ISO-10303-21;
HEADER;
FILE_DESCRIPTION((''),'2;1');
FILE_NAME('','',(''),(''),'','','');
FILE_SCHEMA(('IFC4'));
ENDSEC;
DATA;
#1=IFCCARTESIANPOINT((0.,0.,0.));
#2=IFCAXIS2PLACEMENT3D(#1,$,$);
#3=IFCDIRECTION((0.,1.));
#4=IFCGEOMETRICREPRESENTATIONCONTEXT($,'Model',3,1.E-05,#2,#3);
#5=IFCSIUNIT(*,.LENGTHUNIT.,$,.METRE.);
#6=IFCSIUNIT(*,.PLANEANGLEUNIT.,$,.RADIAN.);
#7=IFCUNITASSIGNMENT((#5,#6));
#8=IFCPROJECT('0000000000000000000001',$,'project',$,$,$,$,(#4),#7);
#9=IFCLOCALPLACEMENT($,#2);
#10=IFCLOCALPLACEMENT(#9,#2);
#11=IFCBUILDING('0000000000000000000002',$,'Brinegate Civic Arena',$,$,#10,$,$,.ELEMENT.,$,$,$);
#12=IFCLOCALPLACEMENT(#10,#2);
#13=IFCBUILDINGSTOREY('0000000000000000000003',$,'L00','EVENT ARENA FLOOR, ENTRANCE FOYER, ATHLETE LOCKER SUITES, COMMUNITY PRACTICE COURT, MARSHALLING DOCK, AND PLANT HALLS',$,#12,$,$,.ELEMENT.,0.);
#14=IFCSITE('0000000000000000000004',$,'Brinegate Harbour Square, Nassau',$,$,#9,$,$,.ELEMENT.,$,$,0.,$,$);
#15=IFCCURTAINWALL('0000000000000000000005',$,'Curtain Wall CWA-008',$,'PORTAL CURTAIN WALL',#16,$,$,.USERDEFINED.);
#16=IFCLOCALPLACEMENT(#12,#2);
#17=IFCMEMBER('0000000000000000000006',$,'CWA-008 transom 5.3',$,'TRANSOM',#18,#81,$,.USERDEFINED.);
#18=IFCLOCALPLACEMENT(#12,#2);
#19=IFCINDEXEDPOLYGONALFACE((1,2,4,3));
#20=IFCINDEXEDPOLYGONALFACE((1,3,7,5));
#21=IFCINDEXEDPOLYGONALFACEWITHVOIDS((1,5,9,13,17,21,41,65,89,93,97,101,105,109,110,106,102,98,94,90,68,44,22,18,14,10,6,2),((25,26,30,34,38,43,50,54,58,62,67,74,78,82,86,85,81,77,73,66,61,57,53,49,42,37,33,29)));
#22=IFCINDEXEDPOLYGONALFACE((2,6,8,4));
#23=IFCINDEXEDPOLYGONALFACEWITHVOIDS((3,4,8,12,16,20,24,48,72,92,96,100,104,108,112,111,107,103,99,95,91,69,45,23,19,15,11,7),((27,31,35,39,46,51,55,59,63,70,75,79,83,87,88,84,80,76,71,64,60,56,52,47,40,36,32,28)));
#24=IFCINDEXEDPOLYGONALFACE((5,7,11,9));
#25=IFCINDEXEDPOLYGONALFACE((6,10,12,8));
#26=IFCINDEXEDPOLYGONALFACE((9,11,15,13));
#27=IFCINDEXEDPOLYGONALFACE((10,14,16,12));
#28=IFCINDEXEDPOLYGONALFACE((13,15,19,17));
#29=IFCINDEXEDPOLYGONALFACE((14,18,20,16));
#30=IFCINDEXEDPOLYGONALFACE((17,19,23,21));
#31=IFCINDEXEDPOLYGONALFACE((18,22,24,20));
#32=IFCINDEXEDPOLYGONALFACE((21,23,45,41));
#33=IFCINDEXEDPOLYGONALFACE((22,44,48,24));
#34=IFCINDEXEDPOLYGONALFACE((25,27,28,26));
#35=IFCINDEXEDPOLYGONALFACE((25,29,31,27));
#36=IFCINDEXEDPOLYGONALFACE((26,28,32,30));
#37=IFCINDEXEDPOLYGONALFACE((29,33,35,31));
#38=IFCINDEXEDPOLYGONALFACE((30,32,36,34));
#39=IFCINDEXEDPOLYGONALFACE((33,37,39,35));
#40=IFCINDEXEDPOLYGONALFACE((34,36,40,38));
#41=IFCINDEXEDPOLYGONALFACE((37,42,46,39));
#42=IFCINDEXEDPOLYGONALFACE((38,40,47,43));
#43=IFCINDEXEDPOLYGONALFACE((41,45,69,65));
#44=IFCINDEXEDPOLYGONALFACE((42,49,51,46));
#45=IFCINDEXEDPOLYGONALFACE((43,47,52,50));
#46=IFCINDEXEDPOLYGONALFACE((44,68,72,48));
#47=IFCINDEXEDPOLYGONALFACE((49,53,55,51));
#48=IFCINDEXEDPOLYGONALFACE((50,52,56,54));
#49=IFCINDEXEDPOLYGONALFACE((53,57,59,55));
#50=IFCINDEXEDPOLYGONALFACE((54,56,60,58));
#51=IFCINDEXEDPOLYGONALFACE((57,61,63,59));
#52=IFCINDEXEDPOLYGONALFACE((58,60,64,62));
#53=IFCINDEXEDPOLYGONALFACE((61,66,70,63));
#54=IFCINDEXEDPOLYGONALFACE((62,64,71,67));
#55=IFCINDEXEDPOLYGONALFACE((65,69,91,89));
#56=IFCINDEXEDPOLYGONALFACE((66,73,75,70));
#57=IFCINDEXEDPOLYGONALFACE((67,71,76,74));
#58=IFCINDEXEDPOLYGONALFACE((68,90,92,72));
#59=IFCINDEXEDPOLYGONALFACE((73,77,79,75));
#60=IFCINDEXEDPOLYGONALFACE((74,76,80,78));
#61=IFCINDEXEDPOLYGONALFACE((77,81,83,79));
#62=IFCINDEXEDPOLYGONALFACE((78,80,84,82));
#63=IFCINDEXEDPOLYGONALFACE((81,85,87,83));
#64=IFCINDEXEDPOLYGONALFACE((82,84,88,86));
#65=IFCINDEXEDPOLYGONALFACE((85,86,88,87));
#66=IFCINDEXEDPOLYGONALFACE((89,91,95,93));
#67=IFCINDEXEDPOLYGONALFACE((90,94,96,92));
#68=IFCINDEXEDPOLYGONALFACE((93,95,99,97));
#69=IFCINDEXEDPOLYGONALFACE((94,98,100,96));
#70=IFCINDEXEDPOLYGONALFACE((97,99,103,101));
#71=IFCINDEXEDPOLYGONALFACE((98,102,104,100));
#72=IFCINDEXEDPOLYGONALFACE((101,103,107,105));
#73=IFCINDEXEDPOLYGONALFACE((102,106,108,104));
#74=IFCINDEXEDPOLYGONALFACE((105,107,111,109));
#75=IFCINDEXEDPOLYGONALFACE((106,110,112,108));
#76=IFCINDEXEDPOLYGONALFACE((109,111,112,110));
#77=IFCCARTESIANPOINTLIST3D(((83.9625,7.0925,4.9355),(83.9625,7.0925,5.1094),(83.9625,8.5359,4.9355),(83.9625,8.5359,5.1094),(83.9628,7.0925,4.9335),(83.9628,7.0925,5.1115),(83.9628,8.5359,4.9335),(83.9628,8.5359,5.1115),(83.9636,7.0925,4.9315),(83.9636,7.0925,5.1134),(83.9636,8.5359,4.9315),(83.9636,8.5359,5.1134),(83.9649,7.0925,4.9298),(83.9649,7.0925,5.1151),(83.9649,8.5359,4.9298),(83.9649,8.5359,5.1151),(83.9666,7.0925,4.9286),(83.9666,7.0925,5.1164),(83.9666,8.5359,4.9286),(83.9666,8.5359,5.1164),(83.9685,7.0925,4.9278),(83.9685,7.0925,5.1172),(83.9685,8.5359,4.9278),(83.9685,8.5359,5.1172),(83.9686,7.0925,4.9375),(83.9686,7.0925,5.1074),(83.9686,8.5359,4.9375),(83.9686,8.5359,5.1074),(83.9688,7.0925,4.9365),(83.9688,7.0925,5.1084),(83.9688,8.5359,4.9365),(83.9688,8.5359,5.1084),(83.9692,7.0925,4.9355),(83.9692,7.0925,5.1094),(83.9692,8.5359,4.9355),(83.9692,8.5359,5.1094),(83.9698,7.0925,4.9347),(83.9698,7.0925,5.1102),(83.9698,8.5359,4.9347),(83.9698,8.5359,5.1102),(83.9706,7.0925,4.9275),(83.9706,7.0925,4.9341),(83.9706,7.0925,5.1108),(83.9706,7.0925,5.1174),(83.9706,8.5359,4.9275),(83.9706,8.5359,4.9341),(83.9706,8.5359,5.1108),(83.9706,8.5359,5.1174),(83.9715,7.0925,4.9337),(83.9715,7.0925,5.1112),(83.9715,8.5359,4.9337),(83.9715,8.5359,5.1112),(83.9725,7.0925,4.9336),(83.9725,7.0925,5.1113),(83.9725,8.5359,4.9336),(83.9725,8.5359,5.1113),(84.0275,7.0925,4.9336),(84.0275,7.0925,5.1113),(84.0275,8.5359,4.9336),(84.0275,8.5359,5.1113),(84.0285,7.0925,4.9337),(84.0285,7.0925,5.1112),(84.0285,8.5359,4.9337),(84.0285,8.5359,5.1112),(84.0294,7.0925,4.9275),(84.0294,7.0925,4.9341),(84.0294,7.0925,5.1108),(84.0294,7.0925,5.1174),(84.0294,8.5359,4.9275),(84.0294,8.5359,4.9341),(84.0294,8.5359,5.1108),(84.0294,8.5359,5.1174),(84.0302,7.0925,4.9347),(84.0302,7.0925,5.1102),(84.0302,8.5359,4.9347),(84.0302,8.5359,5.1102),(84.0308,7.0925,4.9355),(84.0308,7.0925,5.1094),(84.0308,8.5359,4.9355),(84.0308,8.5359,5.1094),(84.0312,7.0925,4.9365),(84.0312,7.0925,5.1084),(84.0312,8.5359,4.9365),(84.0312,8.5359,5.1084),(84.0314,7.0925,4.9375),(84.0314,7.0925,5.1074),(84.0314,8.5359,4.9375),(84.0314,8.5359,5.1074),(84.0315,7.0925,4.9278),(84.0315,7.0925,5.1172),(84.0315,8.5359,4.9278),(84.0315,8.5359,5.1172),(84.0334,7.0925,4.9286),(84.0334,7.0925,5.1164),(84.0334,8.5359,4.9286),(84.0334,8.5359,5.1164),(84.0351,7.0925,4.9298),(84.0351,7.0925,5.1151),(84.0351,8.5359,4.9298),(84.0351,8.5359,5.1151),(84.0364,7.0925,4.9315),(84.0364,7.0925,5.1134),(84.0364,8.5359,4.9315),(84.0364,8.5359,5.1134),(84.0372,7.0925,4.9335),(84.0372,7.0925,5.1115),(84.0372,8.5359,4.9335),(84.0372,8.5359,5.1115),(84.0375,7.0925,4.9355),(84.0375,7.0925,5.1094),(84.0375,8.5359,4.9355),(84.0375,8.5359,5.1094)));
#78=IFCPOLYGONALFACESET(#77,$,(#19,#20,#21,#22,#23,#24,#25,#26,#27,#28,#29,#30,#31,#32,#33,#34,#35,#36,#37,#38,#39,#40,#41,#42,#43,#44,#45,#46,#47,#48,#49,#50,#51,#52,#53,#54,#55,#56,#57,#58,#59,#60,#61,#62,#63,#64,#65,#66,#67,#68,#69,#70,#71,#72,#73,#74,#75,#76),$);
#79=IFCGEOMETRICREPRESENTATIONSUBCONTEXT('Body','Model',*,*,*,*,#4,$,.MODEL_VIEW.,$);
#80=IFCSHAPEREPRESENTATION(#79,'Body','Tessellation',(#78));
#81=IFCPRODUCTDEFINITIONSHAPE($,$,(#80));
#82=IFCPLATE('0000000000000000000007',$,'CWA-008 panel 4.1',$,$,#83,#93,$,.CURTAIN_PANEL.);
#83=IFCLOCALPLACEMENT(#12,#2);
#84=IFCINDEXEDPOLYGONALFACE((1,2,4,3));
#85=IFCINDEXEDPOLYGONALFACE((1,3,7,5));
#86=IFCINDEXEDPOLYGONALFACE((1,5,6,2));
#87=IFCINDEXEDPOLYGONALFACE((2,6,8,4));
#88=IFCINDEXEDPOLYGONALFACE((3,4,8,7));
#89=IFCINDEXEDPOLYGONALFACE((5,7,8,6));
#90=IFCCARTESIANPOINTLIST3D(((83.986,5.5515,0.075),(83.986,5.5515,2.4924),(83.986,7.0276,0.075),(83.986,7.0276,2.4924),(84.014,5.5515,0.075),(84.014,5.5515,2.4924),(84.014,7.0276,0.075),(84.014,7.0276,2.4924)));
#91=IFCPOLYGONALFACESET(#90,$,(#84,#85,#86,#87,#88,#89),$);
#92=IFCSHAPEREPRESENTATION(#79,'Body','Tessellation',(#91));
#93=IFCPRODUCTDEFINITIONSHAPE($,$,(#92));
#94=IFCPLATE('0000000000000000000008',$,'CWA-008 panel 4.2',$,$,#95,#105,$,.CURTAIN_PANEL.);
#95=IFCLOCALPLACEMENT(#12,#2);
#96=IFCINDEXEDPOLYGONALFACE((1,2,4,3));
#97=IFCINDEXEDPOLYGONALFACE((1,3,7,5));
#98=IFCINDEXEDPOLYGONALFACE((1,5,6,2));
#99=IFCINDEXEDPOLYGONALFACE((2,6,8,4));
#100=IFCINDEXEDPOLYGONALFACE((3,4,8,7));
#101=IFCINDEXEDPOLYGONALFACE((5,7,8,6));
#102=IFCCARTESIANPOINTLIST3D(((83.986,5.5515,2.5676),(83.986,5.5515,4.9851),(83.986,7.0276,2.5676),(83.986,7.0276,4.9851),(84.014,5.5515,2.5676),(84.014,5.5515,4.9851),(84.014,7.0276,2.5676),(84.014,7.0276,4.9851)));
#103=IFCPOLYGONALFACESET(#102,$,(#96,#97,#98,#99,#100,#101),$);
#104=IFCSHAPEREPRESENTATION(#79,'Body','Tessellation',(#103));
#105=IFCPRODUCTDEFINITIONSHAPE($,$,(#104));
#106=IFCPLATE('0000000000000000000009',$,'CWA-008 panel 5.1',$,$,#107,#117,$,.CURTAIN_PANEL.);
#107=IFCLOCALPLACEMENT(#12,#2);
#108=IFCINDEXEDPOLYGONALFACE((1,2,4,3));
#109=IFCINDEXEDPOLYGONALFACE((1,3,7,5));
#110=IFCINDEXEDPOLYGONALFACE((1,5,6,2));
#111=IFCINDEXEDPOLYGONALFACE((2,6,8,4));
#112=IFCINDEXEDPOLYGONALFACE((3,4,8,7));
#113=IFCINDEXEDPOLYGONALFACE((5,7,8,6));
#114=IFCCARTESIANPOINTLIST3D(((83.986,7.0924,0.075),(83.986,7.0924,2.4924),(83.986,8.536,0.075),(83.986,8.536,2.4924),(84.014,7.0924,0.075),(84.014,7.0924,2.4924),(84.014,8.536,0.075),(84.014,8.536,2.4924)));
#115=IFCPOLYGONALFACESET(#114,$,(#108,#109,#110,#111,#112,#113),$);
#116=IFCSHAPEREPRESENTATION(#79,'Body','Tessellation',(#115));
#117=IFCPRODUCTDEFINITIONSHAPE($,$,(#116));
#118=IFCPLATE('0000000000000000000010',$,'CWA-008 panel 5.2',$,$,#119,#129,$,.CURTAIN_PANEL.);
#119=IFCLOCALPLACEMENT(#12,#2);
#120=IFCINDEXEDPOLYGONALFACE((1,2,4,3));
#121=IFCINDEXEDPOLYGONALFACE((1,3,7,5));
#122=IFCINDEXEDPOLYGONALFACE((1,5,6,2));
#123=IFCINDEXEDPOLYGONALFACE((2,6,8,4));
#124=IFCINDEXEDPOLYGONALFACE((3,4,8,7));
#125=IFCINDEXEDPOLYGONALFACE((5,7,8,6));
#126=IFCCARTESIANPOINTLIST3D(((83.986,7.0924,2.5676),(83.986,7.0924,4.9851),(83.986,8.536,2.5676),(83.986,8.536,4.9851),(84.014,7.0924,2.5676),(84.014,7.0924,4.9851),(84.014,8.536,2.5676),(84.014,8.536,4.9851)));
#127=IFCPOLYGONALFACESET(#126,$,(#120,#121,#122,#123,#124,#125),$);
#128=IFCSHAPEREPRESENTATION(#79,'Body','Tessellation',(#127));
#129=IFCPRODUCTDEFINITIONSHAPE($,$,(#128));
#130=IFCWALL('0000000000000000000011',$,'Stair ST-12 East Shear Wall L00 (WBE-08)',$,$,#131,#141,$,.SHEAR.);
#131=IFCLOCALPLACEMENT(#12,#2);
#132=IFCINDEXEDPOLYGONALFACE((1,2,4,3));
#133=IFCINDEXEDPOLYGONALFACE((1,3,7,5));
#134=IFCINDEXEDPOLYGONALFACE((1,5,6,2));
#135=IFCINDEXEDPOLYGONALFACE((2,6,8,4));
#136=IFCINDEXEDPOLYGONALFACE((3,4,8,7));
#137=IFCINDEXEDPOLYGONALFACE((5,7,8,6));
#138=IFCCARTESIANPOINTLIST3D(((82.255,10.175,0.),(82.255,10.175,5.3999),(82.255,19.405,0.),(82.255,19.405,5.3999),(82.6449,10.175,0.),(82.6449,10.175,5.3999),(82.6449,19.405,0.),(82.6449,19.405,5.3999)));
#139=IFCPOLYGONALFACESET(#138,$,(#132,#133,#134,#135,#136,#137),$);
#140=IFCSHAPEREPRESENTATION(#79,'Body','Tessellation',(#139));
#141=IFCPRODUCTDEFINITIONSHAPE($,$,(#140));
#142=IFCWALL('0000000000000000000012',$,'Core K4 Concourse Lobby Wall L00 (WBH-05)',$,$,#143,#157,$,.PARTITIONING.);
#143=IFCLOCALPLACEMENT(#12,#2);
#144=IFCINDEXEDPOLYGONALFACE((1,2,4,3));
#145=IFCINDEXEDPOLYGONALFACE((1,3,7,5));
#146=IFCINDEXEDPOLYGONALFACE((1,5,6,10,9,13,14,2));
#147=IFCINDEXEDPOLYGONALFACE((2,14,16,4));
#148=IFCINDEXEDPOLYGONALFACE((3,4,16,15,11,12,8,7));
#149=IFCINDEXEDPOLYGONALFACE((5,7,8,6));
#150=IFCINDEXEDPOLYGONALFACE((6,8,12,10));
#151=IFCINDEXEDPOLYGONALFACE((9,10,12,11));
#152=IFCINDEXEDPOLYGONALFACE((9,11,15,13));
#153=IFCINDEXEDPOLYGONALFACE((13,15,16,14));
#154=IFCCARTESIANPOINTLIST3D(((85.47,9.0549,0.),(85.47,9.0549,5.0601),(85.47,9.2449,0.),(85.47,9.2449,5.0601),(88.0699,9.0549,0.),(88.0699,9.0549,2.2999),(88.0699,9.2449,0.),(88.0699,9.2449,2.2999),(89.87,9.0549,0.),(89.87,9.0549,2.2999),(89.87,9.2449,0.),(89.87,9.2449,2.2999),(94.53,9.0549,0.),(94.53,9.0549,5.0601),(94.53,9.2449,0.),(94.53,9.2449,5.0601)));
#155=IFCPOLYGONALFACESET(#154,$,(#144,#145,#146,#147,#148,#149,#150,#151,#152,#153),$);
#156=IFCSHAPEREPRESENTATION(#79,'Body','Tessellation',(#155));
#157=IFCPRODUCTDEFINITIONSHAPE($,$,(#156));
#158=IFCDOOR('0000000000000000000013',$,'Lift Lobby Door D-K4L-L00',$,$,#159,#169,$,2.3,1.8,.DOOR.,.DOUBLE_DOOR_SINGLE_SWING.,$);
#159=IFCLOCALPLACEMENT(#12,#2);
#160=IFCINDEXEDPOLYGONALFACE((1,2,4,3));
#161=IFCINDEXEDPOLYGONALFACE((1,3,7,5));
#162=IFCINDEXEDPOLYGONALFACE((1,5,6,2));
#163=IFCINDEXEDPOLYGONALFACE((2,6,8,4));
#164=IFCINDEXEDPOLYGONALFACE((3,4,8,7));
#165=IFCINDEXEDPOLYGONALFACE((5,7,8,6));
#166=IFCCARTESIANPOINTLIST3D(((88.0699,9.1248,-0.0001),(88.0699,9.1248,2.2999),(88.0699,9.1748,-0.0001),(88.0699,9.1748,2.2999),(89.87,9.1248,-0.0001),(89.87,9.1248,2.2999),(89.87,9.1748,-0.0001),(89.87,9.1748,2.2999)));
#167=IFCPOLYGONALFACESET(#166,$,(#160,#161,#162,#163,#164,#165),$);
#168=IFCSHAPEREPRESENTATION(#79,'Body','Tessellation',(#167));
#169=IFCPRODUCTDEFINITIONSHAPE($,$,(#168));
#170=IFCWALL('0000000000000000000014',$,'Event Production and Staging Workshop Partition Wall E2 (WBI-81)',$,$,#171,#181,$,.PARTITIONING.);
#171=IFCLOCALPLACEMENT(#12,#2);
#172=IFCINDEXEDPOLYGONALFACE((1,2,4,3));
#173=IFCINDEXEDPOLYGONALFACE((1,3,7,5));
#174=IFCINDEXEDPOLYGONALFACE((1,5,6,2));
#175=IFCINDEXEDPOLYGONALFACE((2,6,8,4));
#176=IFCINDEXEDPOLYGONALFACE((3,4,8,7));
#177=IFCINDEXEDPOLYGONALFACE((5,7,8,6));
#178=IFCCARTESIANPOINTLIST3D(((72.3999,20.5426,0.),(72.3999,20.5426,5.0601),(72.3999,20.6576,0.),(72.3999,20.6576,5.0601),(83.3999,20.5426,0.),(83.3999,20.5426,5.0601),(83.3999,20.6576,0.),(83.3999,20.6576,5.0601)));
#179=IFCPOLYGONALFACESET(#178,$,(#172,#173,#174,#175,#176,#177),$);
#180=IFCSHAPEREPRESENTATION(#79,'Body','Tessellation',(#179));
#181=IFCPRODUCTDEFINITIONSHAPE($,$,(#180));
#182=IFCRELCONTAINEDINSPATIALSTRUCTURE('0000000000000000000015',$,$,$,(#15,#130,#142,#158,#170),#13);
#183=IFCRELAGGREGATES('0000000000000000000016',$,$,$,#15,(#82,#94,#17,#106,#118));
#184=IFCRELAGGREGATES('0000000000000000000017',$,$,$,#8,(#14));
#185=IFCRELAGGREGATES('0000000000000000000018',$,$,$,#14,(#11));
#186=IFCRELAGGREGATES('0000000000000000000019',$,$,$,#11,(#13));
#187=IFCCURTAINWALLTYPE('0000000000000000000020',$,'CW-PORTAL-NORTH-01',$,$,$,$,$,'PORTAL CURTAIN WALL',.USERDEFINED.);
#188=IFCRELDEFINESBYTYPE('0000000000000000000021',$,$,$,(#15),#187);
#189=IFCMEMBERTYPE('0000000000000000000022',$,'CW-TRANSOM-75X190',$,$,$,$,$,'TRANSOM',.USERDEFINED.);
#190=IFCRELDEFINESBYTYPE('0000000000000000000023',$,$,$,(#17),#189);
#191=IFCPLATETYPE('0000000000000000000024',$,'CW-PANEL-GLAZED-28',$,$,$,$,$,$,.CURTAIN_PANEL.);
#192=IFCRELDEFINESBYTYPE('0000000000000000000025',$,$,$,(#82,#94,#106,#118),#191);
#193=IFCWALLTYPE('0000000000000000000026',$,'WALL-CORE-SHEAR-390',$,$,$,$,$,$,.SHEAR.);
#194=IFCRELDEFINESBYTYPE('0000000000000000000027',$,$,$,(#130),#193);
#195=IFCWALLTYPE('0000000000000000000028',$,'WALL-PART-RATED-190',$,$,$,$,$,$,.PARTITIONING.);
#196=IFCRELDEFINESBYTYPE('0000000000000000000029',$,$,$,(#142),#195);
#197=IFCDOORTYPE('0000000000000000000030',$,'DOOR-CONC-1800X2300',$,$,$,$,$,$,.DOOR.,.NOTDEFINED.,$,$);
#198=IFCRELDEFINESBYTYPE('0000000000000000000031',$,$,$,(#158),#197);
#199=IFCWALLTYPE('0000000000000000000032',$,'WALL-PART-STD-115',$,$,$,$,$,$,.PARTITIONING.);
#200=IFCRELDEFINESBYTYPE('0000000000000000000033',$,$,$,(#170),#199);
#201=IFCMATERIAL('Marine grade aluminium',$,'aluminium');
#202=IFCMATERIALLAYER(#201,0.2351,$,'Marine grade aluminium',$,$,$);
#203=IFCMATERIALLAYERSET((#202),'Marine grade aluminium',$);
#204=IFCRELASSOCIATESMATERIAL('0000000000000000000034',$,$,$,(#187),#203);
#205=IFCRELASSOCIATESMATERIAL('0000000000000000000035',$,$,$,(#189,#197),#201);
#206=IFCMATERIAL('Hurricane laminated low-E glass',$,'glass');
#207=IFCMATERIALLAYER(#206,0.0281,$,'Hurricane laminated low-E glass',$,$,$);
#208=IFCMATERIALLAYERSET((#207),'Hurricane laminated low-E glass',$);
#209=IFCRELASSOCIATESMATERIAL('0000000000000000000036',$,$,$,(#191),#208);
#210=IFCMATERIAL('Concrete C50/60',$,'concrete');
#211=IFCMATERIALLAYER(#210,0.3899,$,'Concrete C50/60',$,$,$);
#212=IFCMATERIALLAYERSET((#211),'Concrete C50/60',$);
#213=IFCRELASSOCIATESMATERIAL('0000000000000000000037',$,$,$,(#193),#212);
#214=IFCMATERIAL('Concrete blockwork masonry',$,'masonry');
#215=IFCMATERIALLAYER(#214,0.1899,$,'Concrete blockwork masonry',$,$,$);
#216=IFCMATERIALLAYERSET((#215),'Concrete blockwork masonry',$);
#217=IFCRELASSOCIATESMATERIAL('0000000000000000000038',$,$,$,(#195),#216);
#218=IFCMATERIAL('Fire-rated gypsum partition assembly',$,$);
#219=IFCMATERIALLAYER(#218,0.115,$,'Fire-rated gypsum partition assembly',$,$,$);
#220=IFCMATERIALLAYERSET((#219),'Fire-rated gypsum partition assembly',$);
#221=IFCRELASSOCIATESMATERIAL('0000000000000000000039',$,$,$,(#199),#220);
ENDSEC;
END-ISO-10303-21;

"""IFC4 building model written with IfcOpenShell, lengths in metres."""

from ifc_helpers import new_model, si_unit, direction, frame, frame_2d, origin, origin_2d, place, context, subcontext, project, spatial, rectangle, hollow_rectangle, extrude, material, layer, layer_set, material_profile, profile_set, type_object, element, fill, aggregate, save


model = new_model("IFC4")

# Units and contexts
model_context = context("Model", 3, precision=1e-05, world=origin(), true_north=direction((0.0, 1.0)))
body_context = subcontext(model_context, "Body", "Model", "MODEL_VIEW")
ifc_project = project(units=[si_unit("LENGTHUNIT", "METRE"), si_unit("PLANEANGLEUNIT", "RADIAN")], contexts=[model_context])

# Site, building, storey
site_placement = place(None, origin())
site = spatial("IfcSite", under=ifc_project, at=site_placement, Name="Brinegate Harbour Square, Nassau", CompositionType="ELEMENT", RefElevation=0.0)
building_placement = place(site_placement, origin())
building = spatial("IfcBuilding", under=site, at=building_placement, Name="Brinegate Civic Arena", CompositionType="ELEMENT")
storey_placement = place(building_placement, origin())
storey = spatial("IfcBuildingStorey", under=building, at=storey_placement, Name="L00", Description="EVENT ARENA FLOOR, ENTRANCE FOYER, ATHLETE LOCKER SUITES, COMMUNITY PRACTICE COURT, MARSHALLING DOCK, AND PLANT HALLS", CompositionType="ELEMENT", Elevation=0.0)

# Shared definitions
ifc_material_1 = material(Name="Concrete C50/60", Category="concrete")

# Curtain wall, member, plates
ifc_material_2 = material(Name="Marine grade aluminium", Category="aluminium")
ifc_layer_1 = layer(ifc_material_2, 0.2351, Name="Marine grade aluminium")
ifc_layer_set_1 = layer_set([ifc_layer_1], Name="Marine grade aluminium")
curtain_wall_type = type_object("IfcCurtainWallType", Name="CW-PORTAL-NORTH-01", ElementType="PORTAL CURTAIN WALL", PredefinedType="USERDEFINED", material=ifc_layer_set_1)
curtain_wall_placement = place(storey_placement, origin())
curtain_wall = element("IfcCurtainWall", 1, at=curtain_wall_placement, inside=storey, type_object=curtain_wall_type, Name="Curtain Wall CWA-008", ObjectType="PORTAL CURTAIN WALL", PredefinedType="USERDEFINED")
ifc_material_profile_1 = material_profile(ifc_material_2, hollow_rectangle(XDim=0.075, YDim=0.1899, WallThickness=0.0061, InnerFilletRadius=0.0039, OuterFilletRadius=0.0081, at=origin_2d()), Name="TRN75X190")
ifc_profile_set_1 = profile_set([ifc_material_profile_1], Name="Marine grade aluminium")
member_type_1 = type_object("IfcMemberType", Name="CW-TRANSOM-75X190", ElementType="TRANSOM", PredefinedType="USERDEFINED", material=ifc_profile_set_1)
member_1_placement = place(storey_placement, frame((84.0, 7.0925, 5.0225), z_axis=(0.0, 1.0, 0.0), x_axis=(-1.0, 0.0, 0.0)))
member_1 = element("IfcMember", 2, at=member_1_placement, type_object=member_type_1, Name="CWA-008 transom 5.3", ObjectType="TRANSOM", PredefinedType="USERDEFINED", context=body_context, shape_type="SweptSolid", body=[
    extrude(hollow_rectangle(XDim=0.075, YDim=0.1899, WallThickness=0.0061, InnerFilletRadius=0.0039, OuterFilletRadius=0.0081, at=origin_2d()), origin(), (0.0, 0.0, 1.0), 1.4434),
])
ifc_material_3 = material(Name="Hurricane laminated low-E glass", Category="glass")
ifc_layer_2 = layer(ifc_material_3, 0.0281, Name="Hurricane laminated low-E glass")
ifc_layer_set_2 = layer_set([ifc_layer_2], Name="Hurricane laminated low-E glass")
plate_type = type_object("IfcPlateType", Name="CW-PANEL-GLAZED-28", PredefinedType="CURTAIN_PANEL", material=ifc_layer_set_2)
plate_1_placement = place(storey_placement, frame((84.0, 6.2896, 0.075), z_axis=(0.0, 0.0, 1.0), x_axis=(0.0, 1.0, 0.0)))
plate_1 = element("IfcPlate", 3, at=plate_1_placement, type_object=plate_type, Name="CWA-008 panel 4.1", PredefinedType="CURTAIN_PANEL", context=body_context, shape_type="SweptSolid", body=[
    extrude(rectangle(XDim=1.4761, YDim=0.0281, at=origin_2d()), origin(), (0.0, 0.0, 1.0), 2.4175),
])
plate_2_placement = place(storey_placement, frame((84.0, 6.2896, 2.5676), z_axis=(0.0, 0.0, 1.0), x_axis=(0.0, 1.0, 0.0)))
plate_2 = element("IfcPlate", 4, at=plate_2_placement, type_object=plate_type, Name="CWA-008 panel 4.2", PredefinedType="CURTAIN_PANEL", context=body_context, shape_type="SweptSolid", body=[
    extrude(rectangle(XDim=1.4761, YDim=0.0281, at=origin_2d()), origin(), (0.0, 0.0, 1.0), 2.4175),
])
plate_3_placement = place(storey_placement, frame((84.0, 7.8142, 0.075), z_axis=(0.0, 0.0, 1.0), x_axis=(0.0, 1.0, 0.0)))
plate_3 = element("IfcPlate", 5, at=plate_3_placement, type_object=plate_type, Name="CWA-008 panel 5.1", PredefinedType="CURTAIN_PANEL", context=body_context, shape_type="SweptSolid", body=[
    extrude(rectangle(XDim=1.4436, YDim=0.0281, at=origin_2d()), origin(), (0.0, 0.0, 1.0), 2.4175),
])
plate_4_placement = place(storey_placement, frame((84.0, 7.8142, 2.5676), z_axis=(0.0, 0.0, 1.0), x_axis=(0.0, 1.0, 0.0)))
plate_4 = element("IfcPlate", 6, at=plate_4_placement, type_object=plate_type, Name="CWA-008 panel 5.2", PredefinedType="CURTAIN_PANEL", context=body_context, shape_type="SweptSolid", body=[
    extrude(rectangle(XDim=1.4436, YDim=0.0281, at=origin_2d()), origin(), (0.0, 0.0, 1.0), 2.4175),
])
aggregate(curtain_wall, [plate_1, plate_2, member_1, plate_3, plate_4])

# Wall
ifc_layer_3 = layer(ifc_material_1, 0.3899, Name="Concrete C50/60")
ifc_layer_set_3 = layer_set([ifc_layer_3], Name="Concrete C50/60")
wall_type_1 = type_object("IfcWallType", Name="WALL-CORE-SHEAR-390", PredefinedType="SHEAR", material=ifc_layer_set_3)
wall_1_placement = place(storey_placement, frame((82.45, 10.175, 0.0), z_axis=(0.0, 0.0, 1.0), x_axis=(0.0, 1.0, 0.0)))
element("IfcWall", 7, at=wall_1_placement, inside=storey, type_object=wall_type_1, Name="Stair ST-12 East Shear Wall L00 (WBE-08)", PredefinedType="SHEAR", context=body_context, shape_type="SweptSolid", body=[
    extrude(rectangle(XDim=9.23, YDim=0.3899, at=frame_2d((4.615, 0.0))), origin(), (0.0, 0.0, 1.0), 5.3999),
])

# Wall, opening, door
ifc_material_4 = material(Name="Concrete blockwork masonry", Category="masonry")
ifc_layer_4 = layer(ifc_material_4, 0.1899, Name="Concrete blockwork masonry")
ifc_layer_set_4 = layer_set([ifc_layer_4], Name="Concrete blockwork masonry")
wall_type_2 = type_object("IfcWallType", Name="WALL-PART-RATED-190", PredefinedType="PARTITIONING", material=ifc_layer_set_4)
wall_2_placement = place(storey_placement, frame((85.47, 9.1499, 0.0), z_axis=(0.0, 0.0, 1.0), x_axis=(1.0, 0.0, 0.0)))
wall_2 = element("IfcWall", 8, at=wall_2_placement, inside=storey, type_object=wall_type_2, Name="Core K4 Concourse Lobby Wall L00 (WBH-05)", PredefinedType="PARTITIONING", context=body_context, shape_type="SweptSolid", body=[
    extrude(rectangle(XDim=9.0601, YDim=0.1899, at=frame_2d((4.53, 0.0))), origin(), (0.0, 0.0, 1.0), 5.0601),
])
opening_placement = place(wall_2_placement, frame((2.6001, 0.0, 0.0)))
opening = element("IfcOpeningElement", 9, at=opening_placement, cuts=wall_2, PredefinedType="OPENING", context=body_context, shape_type="SweptSolid", body=[
    extrude(rectangle(XDim=1.8, YDim=2.3, at=frame_2d((0.8999, 1.1499))), frame((0.0, 0.105, 0.0), z_axis=(0.0, -1.0, 0.0), x_axis=(1.0, 0.0, 0.0)), (0.0, 0.0, 1.0), 0.21),
])
door_type = type_object("IfcDoorType", Name="DOOR-CONC-1800X2300", OperationType="NOTDEFINED", PredefinedType="DOOR", material=ifc_material_2)
door_placement = place(opening_placement, origin())
door = element("IfcDoor", 10, at=door_placement, inside=storey, type_object=door_type, Name="Lift Lobby Door D-K4L-L00", OperationType="DOUBLE_DOOR_SINGLE_SWING", OverallHeight=2.3, OverallWidth=1.8, PredefinedType="DOOR", context=body_context, shape_type="SweptSolid", body=[
    extrude(rectangle(XDim=1.8, YDim=2.3, at=frame_2d((0.8999, 1.1499))), frame((0.0, 0.0249, 0.0), z_axis=(0.0, -1.0, 0.0), x_axis=(1.0, 0.0, 0.0)), (0.0, 0.0, 1.0), 0.05),
])
fill(opening, door)

# Wall
ifc_material_5 = material(Name="Fire-rated gypsum partition assembly")
ifc_layer_5 = layer(ifc_material_5, 0.115, Name="Fire-rated gypsum partition assembly")
ifc_layer_set_5 = layer_set([ifc_layer_5], Name="Fire-rated gypsum partition assembly")
wall_type_3 = type_object("IfcWallType", Name="WALL-PART-STD-115", PredefinedType="PARTITIONING", material=ifc_layer_set_5)
wall_3_placement = place(storey_placement, frame((83.3999, 20.6001, 0.0), z_axis=(0.0, 0.0, 1.0), x_axis=(-1.0, 0.0, 0.0)))
element("IfcWall", 11, at=wall_3_placement, inside=storey, type_object=wall_type_3, Name="Event Production and Staging Workshop Partition Wall E2 (WBI-81)", PredefinedType="PARTITIONING", context=body_context, shape_type="SweptSolid", body=[
    extrude(rectangle(XDim=11.0, YDim=0.115, at=frame_2d((5.5, 0.0))), origin(), (0.0, 0.0, 1.0), 5.0601),
])

save(model, "model.ifc")
